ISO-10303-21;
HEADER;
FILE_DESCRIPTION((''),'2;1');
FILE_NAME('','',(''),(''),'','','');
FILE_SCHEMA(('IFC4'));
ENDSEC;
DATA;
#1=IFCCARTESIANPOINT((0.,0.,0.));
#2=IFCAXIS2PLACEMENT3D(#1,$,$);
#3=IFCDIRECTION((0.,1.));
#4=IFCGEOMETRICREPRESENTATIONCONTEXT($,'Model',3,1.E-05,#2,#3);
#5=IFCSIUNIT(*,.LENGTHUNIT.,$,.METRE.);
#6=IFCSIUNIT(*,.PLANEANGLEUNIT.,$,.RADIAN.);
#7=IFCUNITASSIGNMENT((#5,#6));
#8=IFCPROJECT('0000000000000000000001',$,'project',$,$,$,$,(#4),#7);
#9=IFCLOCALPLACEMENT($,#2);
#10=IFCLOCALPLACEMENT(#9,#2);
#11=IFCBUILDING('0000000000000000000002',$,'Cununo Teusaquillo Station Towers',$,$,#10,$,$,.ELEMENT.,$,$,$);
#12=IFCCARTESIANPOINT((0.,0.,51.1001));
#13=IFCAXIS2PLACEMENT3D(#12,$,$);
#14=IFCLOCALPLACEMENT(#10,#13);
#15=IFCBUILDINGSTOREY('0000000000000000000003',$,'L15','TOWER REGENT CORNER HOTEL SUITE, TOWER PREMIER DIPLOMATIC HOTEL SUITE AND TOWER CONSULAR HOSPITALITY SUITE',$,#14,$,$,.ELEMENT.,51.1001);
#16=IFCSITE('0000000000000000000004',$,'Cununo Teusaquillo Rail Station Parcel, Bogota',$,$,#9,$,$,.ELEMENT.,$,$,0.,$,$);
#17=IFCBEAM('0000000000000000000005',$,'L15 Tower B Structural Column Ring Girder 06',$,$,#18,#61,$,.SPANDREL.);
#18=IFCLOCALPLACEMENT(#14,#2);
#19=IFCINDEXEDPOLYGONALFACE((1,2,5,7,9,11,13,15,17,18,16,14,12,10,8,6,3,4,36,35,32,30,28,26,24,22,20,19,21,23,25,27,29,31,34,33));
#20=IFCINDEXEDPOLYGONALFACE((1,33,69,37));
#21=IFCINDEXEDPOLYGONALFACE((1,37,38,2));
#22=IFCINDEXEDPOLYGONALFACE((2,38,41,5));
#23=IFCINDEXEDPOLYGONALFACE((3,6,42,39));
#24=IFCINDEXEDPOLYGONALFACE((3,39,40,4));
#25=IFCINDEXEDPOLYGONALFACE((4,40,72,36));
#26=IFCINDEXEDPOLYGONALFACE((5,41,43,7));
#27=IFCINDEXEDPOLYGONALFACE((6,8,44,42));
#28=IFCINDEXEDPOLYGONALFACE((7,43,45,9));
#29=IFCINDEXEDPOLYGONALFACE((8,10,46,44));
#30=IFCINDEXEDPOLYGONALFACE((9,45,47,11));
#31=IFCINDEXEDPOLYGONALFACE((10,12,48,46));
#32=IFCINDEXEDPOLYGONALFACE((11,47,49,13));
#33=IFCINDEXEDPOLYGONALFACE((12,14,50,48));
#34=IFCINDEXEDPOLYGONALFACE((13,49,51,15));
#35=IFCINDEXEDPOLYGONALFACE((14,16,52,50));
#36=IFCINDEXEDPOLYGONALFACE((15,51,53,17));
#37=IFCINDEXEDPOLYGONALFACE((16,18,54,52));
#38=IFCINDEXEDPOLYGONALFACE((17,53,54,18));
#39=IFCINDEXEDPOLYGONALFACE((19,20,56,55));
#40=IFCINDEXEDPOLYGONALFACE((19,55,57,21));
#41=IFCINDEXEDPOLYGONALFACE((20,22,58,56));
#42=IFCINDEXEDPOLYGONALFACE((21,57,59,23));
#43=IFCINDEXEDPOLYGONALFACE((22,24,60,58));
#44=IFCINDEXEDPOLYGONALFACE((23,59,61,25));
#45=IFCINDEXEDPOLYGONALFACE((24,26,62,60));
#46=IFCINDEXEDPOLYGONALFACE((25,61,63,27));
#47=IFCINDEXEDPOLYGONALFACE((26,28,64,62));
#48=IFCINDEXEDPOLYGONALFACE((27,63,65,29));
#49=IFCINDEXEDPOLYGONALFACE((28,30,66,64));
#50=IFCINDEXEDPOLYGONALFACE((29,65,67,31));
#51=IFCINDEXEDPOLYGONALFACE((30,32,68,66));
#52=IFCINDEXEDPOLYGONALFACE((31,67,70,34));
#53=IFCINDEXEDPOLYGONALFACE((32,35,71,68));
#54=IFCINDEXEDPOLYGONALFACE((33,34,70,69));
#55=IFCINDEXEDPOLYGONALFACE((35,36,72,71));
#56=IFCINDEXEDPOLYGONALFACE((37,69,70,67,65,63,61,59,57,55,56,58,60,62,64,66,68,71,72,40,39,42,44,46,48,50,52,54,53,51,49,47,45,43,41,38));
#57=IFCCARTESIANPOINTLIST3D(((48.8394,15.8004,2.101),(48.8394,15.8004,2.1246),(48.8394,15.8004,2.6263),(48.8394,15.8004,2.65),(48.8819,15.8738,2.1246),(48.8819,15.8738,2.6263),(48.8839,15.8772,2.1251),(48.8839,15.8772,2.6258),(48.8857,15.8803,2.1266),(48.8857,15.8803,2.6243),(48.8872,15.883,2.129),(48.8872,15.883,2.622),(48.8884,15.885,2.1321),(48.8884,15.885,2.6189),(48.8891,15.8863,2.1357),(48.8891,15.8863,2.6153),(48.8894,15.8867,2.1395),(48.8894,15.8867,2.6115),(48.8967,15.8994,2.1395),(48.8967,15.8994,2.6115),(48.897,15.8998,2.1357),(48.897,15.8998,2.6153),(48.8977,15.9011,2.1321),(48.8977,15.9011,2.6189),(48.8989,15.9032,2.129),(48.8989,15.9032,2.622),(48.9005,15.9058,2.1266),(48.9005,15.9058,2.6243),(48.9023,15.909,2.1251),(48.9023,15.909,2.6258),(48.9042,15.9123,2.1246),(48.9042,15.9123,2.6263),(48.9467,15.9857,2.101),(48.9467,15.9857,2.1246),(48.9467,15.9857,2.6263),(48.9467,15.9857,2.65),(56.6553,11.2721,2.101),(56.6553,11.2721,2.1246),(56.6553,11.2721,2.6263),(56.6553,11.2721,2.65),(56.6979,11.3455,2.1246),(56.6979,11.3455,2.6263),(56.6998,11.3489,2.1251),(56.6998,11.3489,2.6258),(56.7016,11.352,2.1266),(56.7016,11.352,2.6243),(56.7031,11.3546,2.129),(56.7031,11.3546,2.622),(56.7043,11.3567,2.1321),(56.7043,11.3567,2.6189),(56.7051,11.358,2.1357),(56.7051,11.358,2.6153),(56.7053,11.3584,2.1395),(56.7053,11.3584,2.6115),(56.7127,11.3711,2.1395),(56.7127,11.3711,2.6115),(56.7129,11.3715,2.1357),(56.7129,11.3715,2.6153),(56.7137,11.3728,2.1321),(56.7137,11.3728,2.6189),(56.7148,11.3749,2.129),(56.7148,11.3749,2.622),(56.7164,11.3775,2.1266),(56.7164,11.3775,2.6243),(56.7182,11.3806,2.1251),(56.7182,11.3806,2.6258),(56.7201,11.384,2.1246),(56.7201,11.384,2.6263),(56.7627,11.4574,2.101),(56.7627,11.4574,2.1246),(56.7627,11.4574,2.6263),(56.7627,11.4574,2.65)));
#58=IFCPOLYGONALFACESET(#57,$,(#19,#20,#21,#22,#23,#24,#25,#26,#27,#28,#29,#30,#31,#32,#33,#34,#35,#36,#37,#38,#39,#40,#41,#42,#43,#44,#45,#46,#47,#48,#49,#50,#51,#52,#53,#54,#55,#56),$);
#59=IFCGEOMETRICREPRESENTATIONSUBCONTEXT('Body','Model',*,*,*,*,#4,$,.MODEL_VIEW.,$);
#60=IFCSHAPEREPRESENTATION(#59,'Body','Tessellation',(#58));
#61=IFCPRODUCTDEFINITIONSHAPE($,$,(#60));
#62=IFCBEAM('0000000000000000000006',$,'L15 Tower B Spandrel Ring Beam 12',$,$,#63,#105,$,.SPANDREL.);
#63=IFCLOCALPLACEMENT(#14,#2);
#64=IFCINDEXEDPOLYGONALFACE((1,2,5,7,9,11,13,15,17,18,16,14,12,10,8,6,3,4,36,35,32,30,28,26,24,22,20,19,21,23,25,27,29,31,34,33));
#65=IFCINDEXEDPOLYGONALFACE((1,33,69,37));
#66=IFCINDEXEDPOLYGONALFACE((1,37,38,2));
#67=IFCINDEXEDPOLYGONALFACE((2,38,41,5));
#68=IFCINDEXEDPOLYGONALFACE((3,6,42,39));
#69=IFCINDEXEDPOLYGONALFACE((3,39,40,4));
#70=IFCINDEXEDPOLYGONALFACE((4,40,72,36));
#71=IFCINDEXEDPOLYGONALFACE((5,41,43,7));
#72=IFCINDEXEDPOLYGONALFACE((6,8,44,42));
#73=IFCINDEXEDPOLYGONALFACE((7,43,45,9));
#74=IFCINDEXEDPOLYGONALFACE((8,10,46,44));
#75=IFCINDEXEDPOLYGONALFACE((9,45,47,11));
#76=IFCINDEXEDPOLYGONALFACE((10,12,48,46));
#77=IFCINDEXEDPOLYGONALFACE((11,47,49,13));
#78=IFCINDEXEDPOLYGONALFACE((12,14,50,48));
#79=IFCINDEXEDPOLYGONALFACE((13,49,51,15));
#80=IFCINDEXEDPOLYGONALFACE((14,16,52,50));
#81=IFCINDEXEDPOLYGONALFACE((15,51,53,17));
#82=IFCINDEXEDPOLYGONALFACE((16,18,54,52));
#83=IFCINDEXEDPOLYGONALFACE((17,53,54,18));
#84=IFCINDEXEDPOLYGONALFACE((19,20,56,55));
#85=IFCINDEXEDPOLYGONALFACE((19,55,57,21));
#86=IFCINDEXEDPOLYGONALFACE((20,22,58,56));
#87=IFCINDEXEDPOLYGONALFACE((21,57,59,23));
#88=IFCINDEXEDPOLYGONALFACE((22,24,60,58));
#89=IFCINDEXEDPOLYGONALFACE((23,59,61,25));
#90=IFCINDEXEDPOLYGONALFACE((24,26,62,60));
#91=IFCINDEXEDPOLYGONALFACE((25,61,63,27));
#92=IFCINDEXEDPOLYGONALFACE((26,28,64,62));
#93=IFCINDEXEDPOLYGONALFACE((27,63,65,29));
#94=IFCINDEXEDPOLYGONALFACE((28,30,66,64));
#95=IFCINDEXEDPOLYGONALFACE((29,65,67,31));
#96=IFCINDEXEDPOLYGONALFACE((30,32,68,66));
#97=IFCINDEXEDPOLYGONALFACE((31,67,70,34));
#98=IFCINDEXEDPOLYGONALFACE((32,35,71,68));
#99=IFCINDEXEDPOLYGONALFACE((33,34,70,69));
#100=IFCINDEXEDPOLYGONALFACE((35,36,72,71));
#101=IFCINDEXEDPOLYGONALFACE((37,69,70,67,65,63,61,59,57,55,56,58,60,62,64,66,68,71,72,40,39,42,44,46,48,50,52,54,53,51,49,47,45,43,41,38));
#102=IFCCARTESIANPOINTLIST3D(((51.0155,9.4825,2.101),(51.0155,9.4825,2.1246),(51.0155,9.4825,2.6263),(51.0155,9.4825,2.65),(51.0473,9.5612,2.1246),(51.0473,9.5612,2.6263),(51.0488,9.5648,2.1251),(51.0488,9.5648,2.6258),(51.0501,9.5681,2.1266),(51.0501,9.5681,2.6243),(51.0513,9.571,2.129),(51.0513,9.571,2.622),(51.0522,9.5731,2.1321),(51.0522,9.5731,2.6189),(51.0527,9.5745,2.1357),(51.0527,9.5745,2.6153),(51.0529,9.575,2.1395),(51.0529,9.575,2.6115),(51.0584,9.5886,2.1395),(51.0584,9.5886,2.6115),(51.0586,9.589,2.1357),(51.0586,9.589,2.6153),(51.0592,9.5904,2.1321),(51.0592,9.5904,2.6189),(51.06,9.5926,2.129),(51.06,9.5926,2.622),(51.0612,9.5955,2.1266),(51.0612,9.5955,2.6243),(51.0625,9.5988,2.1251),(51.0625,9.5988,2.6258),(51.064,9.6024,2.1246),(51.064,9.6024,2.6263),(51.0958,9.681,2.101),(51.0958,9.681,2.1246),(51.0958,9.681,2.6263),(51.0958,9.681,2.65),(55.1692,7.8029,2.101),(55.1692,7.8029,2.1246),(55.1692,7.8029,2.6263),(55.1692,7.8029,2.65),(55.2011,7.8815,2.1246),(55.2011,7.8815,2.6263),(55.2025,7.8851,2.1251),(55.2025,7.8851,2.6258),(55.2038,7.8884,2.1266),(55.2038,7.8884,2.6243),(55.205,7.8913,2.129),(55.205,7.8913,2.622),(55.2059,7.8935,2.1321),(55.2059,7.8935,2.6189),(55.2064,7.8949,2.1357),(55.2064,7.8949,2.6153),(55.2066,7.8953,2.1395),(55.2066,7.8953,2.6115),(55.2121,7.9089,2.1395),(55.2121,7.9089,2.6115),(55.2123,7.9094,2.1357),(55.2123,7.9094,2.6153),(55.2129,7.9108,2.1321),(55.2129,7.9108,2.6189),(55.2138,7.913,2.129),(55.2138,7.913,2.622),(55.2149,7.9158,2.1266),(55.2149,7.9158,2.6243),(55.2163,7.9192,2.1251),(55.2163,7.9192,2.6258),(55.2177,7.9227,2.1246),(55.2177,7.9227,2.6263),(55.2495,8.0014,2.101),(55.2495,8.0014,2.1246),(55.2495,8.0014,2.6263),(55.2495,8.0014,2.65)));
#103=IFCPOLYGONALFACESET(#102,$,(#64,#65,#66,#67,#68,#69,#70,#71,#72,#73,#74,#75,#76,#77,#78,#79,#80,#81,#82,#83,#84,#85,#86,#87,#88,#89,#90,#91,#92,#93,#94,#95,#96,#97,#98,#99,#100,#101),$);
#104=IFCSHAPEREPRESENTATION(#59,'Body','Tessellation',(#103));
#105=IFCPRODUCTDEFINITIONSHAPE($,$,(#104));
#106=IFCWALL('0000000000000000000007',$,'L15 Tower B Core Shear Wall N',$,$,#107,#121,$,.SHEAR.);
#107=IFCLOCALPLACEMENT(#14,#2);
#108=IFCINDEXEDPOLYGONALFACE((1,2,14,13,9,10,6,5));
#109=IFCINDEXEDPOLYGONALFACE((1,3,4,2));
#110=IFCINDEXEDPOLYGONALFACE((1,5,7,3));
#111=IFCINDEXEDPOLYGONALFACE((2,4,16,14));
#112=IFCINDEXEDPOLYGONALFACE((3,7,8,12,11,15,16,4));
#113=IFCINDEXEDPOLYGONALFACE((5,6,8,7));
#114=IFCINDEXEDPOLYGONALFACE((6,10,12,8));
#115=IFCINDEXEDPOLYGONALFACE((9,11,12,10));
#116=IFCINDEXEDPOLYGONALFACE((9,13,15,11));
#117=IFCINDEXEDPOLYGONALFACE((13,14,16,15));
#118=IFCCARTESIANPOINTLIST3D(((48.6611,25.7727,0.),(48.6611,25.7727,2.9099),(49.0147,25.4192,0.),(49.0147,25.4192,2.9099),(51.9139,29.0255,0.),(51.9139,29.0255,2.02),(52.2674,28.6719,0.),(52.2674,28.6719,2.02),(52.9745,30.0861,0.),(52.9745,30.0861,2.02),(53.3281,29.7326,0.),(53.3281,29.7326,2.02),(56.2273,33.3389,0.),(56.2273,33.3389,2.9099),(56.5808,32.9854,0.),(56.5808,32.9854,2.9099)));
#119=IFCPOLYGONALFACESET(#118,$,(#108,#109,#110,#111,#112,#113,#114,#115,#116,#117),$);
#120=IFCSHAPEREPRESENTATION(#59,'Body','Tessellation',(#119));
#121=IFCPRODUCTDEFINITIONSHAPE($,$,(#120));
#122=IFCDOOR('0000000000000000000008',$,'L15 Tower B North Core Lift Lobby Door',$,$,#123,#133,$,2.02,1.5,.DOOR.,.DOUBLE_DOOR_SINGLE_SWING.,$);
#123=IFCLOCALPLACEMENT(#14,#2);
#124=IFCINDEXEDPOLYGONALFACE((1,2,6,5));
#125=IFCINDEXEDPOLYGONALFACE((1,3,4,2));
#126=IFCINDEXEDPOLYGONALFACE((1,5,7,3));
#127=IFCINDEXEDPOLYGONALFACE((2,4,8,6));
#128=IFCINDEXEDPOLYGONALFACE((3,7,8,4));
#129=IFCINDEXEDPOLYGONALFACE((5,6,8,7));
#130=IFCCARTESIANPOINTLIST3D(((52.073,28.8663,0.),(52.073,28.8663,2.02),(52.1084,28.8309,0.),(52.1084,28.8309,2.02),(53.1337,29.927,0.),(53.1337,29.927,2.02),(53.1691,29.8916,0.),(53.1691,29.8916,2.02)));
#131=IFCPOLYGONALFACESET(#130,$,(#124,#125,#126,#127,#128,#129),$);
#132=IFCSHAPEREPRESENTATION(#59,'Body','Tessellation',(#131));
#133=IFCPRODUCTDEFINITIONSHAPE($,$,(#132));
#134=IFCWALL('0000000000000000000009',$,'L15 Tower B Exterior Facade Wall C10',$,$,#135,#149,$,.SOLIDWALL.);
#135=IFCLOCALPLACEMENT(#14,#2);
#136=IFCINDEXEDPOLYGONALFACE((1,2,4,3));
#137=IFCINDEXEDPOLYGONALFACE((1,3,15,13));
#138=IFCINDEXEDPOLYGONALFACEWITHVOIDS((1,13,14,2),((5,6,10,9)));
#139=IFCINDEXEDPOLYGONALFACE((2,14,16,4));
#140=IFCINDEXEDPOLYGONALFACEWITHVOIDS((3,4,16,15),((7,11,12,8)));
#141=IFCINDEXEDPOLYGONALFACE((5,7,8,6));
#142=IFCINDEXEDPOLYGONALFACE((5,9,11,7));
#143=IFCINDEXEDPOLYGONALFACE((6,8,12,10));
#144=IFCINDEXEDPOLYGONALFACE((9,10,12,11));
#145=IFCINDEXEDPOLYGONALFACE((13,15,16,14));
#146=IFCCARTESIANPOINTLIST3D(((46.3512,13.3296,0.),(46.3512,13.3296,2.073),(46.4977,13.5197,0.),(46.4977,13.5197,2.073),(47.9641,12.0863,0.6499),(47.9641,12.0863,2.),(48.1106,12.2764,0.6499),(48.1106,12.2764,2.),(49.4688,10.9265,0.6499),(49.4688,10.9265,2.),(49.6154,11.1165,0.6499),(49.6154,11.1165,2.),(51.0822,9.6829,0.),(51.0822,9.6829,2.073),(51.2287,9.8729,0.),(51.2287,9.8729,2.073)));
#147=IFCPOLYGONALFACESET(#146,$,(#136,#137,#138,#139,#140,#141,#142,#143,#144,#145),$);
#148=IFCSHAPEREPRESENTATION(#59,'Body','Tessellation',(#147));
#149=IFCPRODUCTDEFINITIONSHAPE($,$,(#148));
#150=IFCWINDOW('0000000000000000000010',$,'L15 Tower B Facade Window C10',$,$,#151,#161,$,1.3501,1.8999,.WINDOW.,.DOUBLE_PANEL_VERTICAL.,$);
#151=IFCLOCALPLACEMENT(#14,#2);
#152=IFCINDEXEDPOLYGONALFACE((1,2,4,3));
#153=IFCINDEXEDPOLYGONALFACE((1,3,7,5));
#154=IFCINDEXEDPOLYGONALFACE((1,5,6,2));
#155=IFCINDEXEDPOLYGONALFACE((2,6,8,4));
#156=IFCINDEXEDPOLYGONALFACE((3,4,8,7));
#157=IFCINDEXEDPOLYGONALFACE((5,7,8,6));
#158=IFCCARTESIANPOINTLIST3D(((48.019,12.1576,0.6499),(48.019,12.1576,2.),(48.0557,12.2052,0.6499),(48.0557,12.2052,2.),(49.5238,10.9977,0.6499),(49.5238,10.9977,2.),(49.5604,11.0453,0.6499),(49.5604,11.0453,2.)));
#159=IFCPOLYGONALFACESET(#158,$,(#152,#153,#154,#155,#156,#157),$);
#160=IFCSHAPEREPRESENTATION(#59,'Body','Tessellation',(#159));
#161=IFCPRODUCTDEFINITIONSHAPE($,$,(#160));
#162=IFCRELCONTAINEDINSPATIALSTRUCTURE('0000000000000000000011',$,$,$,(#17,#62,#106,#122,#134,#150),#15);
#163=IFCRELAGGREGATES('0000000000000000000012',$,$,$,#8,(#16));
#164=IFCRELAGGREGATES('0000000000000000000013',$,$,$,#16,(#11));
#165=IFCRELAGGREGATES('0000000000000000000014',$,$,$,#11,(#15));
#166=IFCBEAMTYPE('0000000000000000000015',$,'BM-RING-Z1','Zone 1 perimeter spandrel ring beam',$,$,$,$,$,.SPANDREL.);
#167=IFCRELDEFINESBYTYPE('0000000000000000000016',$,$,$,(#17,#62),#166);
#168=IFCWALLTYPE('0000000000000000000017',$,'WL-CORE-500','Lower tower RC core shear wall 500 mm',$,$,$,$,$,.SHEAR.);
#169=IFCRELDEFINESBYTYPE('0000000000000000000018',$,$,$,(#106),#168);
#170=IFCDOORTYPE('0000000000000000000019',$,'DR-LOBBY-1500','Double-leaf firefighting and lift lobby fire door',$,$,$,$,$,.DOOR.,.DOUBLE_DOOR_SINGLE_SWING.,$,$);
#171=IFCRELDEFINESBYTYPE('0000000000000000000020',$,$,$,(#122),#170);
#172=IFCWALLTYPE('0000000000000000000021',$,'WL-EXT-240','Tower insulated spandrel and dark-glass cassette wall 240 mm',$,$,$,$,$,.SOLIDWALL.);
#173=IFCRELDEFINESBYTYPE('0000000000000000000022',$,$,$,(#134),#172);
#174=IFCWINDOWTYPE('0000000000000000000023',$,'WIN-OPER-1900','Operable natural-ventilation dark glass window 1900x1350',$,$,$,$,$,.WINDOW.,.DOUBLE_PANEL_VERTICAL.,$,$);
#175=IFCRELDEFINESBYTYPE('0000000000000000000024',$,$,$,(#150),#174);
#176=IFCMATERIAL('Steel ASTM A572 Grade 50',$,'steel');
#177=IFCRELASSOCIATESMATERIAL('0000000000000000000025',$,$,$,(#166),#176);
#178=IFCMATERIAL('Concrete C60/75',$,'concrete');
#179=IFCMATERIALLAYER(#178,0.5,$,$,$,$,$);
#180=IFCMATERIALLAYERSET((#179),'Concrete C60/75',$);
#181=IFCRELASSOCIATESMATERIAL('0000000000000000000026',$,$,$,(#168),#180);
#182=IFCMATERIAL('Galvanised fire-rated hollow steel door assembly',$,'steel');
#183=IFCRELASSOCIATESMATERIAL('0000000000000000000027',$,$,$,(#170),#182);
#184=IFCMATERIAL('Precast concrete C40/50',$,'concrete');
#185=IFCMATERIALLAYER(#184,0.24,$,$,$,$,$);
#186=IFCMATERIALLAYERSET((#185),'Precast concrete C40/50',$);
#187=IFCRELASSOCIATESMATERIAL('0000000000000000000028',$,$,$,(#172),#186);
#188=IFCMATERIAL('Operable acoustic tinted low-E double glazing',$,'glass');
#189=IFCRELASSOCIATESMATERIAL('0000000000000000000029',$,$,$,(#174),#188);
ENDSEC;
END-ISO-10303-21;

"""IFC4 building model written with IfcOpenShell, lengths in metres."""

from ifc_helpers import new_model, si_unit, direction, frame, frame_2d, origin, origin_2d, place, context, subcontext, project, spatial, rectangle, i_section, extrude, source, transform, mapped, material, layer, layer_set, material_profile, profile_set, type_object, element, fill, save


model = new_model("IFC4")

# Units and contexts
model_context = context("Model", 3, precision=1e-05, world=origin(), true_north=direction((0.0, 1.0)))
body_context = subcontext(model_context, "Body", "Model", "MODEL_VIEW")
ifc_project = project(units=[si_unit("LENGTHUNIT", "METRE"), si_unit("PLANEANGLEUNIT", "RADIAN")], contexts=[model_context])

# Site, building, storey
site_placement = place(None, origin())
site = spatial("IfcSite", under=ifc_project, at=site_placement, Name="Cununo Teusaquillo Rail Station Parcel, Bogota", CompositionType="ELEMENT", RefElevation=0.0)
building_placement = place(site_placement, origin())
building = spatial("IfcBuilding", under=site, at=building_placement, Name="Cununo Teusaquillo Station Towers", CompositionType="ELEMENT")
storey_placement = place(building_placement, frame((0.0, 0.0, 51.1001)))
storey = spatial("IfcBuildingStorey", under=building, at=storey_placement, Name="L15", Description="TOWER REGENT CORNER HOTEL SUITE, TOWER PREMIER DIPLOMATIC HOTEL SUITE AND TOWER CONSULAR HOSPITALITY SUITE", CompositionType="ELEMENT", Elevation=51.1001)

# Beams
ifc_material_1 = material(Name="Steel ASTM A572 Grade 50", Category="steel")
ifc_material_profile_1 = material_profile(ifc_material_1, i_section(OverallWidth=0.2141, OverallDepth=0.5491, WebThickness=0.0146, FlangeThickness=0.0237, FilletRadius=0.0149, at=origin_2d()), Name="W21X93")
ifc_profile_set_1 = profile_set([ifc_material_profile_1], Name="Steel ASTM A572 Grade 50")
beam_type_1 = type_object("IfcBeamType", Name="BM-RING-Z1", Description="Zone 1 perimeter spandrel ring beam", PredefinedType="SPANDREL", material=ifc_profile_set_1)
beam_1_placement = place(storey_placement, frame((48.8931, 15.8931, 2.3755), z_axis=(0.865267, -0.501311, 0.0), x_axis=(0.501311, 0.865267, 0.0)))
element("IfcBeam", 1, at=beam_1_placement, inside=storey, type_object=beam_type_1, Name="L15 Tower B Structural Column Ring Girder 06", PredefinedType="SPANDREL", context=body_context, shape_type="SweptSolid", body=[
    extrude(i_section(OverallWidth=0.2141, OverallDepth=0.5491, WebThickness=0.0146, FlangeThickness=0.0237, FilletRadius=0.0149, at=origin_2d()), origin(), (0.0, 0.0, 1.0), 9.033),
])
beam_2_placement = place(storey_placement, frame((51.0557, 9.5818, 2.3755), z_axis=(0.927072, -0.374883, 0.0), x_axis=(0.374883, 0.927072, 0.0)))
element("IfcBeam", 2, at=beam_2_placement, inside=storey, type_object=beam_type_1, Name="L15 Tower B Spandrel Ring Beam 12", PredefinedType="SPANDREL", context=body_context, shape_type="SweptSolid", body=[
    extrude(i_section(OverallWidth=0.2141, OverallDepth=0.5491, WebThickness=0.0146, FlangeThickness=0.0237, FilletRadius=0.0149, at=origin_2d()), origin(), (0.0, 0.0, 1.0), 4.4805),
])

# Wall, opening, door
ifc_material_2 = material(Name="Concrete C60/75", Category="concrete")
ifc_layer_1 = layer(ifc_material_2, 0.5)
ifc_layer_set_1 = layer_set([ifc_layer_1], Name="Concrete C60/75")
wall_type_1 = type_object("IfcWallType", Name="WL-CORE-500", Description="Lower tower RC core shear wall 500 mm", PredefinedType="SHEAR", material=ifc_layer_set_1)
wall_1_placement = place(storey_placement, frame((48.8379, 25.5959, 0.0), z_axis=(0.0, 0.0, 1.0), x_axis=(0.707107, 0.707107, 0.0)))
wall_1 = element("IfcWall", 3, at=wall_1_placement, inside=storey, type_object=wall_type_1, Name="L15 Tower B Core Shear Wall N", PredefinedType="SHEAR", context=body_context, shape_type="SweptSolid", body=[
    extrude(rectangle(XDim=10.7002, YDim=0.5, at=frame_2d((5.3501, 0.0))), origin(), (0.0, 0.0, 1.0), 2.9099),
])
shared_shape_1 = source(origin(), body_context, "Body", "SweptSolid", [
    extrude(rectangle(XDim=1.5, YDim=2.02, at=frame_2d((0.75, 1.01))), frame((0.0, 0.26, 0.0), z_axis=(0.0, -1.0, 0.0), x_axis=(1.0, 0.0, 0.0)), (0.0, 0.0, 1.0), 0.52),
])
opening_1_placement = place(wall_1_placement, frame((4.6001, 0.0, 0.0)))
opening_1 = element("IfcOpeningElement", 4, at=opening_1_placement, cuts=wall_1, PredefinedType="OPENING", context=body_context, shape_type="MappedRepresentation", body=[
    mapped(shared_shape_1, transform((0.0, 0.0, 0.0), x_axis=(1.0, 0.0, 0.0), y_axis=(0.0, 1.0, 0.0), z_axis=(0.0, 0.0, 1.0), scale=1.0)),
])
ifc_material_3 = material(Name="Galvanised fire-rated hollow steel door assembly", Category="steel")
door_type_1 = type_object("IfcDoorType", Name="DR-LOBBY-1500", Description="Double-leaf firefighting and lift lobby fire door", OperationType="DOUBLE_DOOR_SINGLE_SWING", PredefinedType="DOOR", material=ifc_material_3)
shared_shape_2 = source(origin(), body_context, "Body", "SweptSolid", [
    extrude(rectangle(XDim=1.5, YDim=2.02, at=frame_2d((0.75, 1.01))), frame((0.0, 0.0249, 0.0), z_axis=(0.0, -1.0, 0.0), x_axis=(1.0, 0.0, 0.0)), (0.0, 0.0, 1.0), 0.05),
])
door_1_placement = place(opening_1_placement, origin())
door_1 = element("IfcDoor", 5, at=door_1_placement, inside=storey, type_object=door_type_1, Name="L15 Tower B North Core Lift Lobby Door", OperationType="DOUBLE_DOOR_SINGLE_SWING", OverallHeight=2.02, OverallWidth=1.5, PredefinedType="DOOR", context=body_context, shape_type="MappedRepresentation", body=[
    mapped(shared_shape_2, transform((0.0, 0.0, 0.0), x_axis=(1.0, 0.0, 0.0), y_axis=(0.0, 1.0, 0.0), z_axis=(0.0, 0.0, 1.0), scale=1.0)),
])
fill(opening_1, door_1)

# Wall, opening, window
ifc_material_4 = material(Name="Precast concrete C40/50", Category="concrete")
ifc_layer_2 = layer(ifc_material_4, 0.24)
ifc_layer_set_2 = layer_set([ifc_layer_2], Name="Precast concrete C40/50")
wall_type_2 = type_object("IfcWallType", Name="WL-EXT-240", Description="Tower insulated spandrel and dark-glass cassette wall 240 mm", PredefinedType="SOLIDWALL", material=ifc_layer_set_2)
wall_2_placement = place(storey_placement, frame((51.1555, 9.7778, 0.0), z_axis=(0.0, 0.0, 1.0), x_axis=(-0.792014, 0.610503, 0.0)))
wall_2 = element("IfcWall", 6, at=wall_2_placement, inside=storey, type_object=wall_type_2, Name="L15 Tower B Exterior Facade Wall C10", PredefinedType="SOLIDWALL", context=body_context, shape_type="SweptSolid", body=[
    extrude(rectangle(XDim=5.9734, YDim=0.24, at=frame_2d((2.9868, 0.0))), origin(), (0.0, 0.0, 1.0), 2.073),
])
shared_shape_3 = source(origin(), body_context, "Body", "SweptSolid", [
    extrude(rectangle(XDim=1.8999, YDim=1.3501, at=frame_2d((0.95, 0.675))), frame((0.0, 0.1299, 0.0), z_axis=(0.0, -1.0, 0.0), x_axis=(1.0, 0.0, 0.0)), (0.0, 0.0, 1.0), 0.26),
])
opening_2_placement = place(wall_2_placement, frame((2.0371, 0.0, 0.6499)))
opening_2 = element("IfcOpeningElement", 7, at=opening_2_placement, cuts=wall_2, PredefinedType="OPENING", context=body_context, shape_type="MappedRepresentation", body=[
    mapped(shared_shape_3, transform((0.0, 0.0, 0.0), x_axis=(1.0, 0.0, 0.0), y_axis=(0.0, 1.0, 0.0), z_axis=(0.0, 0.0, 1.0), scale=1.0)),
])
ifc_material_5 = material(Name="Operable acoustic tinted low-E double glazing", Category="glass")
window_type = type_object("IfcWindowType", Name="WIN-OPER-1900", Description="Operable natural-ventilation dark glass window 1900x1350", PartitioningType="DOUBLE_PANEL_VERTICAL", PredefinedType="WINDOW", material=ifc_material_5)
shared_shape_4 = source(origin(), body_context, "Body", "SweptSolid", [
    extrude(rectangle(XDim=1.8999, YDim=1.3501, at=frame_2d((0.95, 0.675))), frame((0.0, 0.03, 0.0), z_axis=(0.0, -1.0, 0.0), x_axis=(1.0, 0.0, 0.0)), (0.0, 0.0, 1.0), 0.0601),
])
window_placement = place(opening_2_placement, origin())
window = element("IfcWindow", 8, at=window_placement, inside=storey, type_object=window_type, Name="L15 Tower B Facade Window C10", OverallHeight=1.3501, OverallWidth=1.8999, PartitioningType="DOUBLE_PANEL_VERTICAL", PredefinedType="WINDOW", context=body_context, shape_type="MappedRepresentation", body=[
    mapped(shared_shape_4, transform((0.0, 0.0, 0.0), x_axis=(1.0, 0.0, 0.0), y_axis=(0.0, 1.0, 0.0), z_axis=(0.0, 0.0, 1.0), scale=1.0)),
])
fill(opening_2, window)

save(model, "model.ifc")
